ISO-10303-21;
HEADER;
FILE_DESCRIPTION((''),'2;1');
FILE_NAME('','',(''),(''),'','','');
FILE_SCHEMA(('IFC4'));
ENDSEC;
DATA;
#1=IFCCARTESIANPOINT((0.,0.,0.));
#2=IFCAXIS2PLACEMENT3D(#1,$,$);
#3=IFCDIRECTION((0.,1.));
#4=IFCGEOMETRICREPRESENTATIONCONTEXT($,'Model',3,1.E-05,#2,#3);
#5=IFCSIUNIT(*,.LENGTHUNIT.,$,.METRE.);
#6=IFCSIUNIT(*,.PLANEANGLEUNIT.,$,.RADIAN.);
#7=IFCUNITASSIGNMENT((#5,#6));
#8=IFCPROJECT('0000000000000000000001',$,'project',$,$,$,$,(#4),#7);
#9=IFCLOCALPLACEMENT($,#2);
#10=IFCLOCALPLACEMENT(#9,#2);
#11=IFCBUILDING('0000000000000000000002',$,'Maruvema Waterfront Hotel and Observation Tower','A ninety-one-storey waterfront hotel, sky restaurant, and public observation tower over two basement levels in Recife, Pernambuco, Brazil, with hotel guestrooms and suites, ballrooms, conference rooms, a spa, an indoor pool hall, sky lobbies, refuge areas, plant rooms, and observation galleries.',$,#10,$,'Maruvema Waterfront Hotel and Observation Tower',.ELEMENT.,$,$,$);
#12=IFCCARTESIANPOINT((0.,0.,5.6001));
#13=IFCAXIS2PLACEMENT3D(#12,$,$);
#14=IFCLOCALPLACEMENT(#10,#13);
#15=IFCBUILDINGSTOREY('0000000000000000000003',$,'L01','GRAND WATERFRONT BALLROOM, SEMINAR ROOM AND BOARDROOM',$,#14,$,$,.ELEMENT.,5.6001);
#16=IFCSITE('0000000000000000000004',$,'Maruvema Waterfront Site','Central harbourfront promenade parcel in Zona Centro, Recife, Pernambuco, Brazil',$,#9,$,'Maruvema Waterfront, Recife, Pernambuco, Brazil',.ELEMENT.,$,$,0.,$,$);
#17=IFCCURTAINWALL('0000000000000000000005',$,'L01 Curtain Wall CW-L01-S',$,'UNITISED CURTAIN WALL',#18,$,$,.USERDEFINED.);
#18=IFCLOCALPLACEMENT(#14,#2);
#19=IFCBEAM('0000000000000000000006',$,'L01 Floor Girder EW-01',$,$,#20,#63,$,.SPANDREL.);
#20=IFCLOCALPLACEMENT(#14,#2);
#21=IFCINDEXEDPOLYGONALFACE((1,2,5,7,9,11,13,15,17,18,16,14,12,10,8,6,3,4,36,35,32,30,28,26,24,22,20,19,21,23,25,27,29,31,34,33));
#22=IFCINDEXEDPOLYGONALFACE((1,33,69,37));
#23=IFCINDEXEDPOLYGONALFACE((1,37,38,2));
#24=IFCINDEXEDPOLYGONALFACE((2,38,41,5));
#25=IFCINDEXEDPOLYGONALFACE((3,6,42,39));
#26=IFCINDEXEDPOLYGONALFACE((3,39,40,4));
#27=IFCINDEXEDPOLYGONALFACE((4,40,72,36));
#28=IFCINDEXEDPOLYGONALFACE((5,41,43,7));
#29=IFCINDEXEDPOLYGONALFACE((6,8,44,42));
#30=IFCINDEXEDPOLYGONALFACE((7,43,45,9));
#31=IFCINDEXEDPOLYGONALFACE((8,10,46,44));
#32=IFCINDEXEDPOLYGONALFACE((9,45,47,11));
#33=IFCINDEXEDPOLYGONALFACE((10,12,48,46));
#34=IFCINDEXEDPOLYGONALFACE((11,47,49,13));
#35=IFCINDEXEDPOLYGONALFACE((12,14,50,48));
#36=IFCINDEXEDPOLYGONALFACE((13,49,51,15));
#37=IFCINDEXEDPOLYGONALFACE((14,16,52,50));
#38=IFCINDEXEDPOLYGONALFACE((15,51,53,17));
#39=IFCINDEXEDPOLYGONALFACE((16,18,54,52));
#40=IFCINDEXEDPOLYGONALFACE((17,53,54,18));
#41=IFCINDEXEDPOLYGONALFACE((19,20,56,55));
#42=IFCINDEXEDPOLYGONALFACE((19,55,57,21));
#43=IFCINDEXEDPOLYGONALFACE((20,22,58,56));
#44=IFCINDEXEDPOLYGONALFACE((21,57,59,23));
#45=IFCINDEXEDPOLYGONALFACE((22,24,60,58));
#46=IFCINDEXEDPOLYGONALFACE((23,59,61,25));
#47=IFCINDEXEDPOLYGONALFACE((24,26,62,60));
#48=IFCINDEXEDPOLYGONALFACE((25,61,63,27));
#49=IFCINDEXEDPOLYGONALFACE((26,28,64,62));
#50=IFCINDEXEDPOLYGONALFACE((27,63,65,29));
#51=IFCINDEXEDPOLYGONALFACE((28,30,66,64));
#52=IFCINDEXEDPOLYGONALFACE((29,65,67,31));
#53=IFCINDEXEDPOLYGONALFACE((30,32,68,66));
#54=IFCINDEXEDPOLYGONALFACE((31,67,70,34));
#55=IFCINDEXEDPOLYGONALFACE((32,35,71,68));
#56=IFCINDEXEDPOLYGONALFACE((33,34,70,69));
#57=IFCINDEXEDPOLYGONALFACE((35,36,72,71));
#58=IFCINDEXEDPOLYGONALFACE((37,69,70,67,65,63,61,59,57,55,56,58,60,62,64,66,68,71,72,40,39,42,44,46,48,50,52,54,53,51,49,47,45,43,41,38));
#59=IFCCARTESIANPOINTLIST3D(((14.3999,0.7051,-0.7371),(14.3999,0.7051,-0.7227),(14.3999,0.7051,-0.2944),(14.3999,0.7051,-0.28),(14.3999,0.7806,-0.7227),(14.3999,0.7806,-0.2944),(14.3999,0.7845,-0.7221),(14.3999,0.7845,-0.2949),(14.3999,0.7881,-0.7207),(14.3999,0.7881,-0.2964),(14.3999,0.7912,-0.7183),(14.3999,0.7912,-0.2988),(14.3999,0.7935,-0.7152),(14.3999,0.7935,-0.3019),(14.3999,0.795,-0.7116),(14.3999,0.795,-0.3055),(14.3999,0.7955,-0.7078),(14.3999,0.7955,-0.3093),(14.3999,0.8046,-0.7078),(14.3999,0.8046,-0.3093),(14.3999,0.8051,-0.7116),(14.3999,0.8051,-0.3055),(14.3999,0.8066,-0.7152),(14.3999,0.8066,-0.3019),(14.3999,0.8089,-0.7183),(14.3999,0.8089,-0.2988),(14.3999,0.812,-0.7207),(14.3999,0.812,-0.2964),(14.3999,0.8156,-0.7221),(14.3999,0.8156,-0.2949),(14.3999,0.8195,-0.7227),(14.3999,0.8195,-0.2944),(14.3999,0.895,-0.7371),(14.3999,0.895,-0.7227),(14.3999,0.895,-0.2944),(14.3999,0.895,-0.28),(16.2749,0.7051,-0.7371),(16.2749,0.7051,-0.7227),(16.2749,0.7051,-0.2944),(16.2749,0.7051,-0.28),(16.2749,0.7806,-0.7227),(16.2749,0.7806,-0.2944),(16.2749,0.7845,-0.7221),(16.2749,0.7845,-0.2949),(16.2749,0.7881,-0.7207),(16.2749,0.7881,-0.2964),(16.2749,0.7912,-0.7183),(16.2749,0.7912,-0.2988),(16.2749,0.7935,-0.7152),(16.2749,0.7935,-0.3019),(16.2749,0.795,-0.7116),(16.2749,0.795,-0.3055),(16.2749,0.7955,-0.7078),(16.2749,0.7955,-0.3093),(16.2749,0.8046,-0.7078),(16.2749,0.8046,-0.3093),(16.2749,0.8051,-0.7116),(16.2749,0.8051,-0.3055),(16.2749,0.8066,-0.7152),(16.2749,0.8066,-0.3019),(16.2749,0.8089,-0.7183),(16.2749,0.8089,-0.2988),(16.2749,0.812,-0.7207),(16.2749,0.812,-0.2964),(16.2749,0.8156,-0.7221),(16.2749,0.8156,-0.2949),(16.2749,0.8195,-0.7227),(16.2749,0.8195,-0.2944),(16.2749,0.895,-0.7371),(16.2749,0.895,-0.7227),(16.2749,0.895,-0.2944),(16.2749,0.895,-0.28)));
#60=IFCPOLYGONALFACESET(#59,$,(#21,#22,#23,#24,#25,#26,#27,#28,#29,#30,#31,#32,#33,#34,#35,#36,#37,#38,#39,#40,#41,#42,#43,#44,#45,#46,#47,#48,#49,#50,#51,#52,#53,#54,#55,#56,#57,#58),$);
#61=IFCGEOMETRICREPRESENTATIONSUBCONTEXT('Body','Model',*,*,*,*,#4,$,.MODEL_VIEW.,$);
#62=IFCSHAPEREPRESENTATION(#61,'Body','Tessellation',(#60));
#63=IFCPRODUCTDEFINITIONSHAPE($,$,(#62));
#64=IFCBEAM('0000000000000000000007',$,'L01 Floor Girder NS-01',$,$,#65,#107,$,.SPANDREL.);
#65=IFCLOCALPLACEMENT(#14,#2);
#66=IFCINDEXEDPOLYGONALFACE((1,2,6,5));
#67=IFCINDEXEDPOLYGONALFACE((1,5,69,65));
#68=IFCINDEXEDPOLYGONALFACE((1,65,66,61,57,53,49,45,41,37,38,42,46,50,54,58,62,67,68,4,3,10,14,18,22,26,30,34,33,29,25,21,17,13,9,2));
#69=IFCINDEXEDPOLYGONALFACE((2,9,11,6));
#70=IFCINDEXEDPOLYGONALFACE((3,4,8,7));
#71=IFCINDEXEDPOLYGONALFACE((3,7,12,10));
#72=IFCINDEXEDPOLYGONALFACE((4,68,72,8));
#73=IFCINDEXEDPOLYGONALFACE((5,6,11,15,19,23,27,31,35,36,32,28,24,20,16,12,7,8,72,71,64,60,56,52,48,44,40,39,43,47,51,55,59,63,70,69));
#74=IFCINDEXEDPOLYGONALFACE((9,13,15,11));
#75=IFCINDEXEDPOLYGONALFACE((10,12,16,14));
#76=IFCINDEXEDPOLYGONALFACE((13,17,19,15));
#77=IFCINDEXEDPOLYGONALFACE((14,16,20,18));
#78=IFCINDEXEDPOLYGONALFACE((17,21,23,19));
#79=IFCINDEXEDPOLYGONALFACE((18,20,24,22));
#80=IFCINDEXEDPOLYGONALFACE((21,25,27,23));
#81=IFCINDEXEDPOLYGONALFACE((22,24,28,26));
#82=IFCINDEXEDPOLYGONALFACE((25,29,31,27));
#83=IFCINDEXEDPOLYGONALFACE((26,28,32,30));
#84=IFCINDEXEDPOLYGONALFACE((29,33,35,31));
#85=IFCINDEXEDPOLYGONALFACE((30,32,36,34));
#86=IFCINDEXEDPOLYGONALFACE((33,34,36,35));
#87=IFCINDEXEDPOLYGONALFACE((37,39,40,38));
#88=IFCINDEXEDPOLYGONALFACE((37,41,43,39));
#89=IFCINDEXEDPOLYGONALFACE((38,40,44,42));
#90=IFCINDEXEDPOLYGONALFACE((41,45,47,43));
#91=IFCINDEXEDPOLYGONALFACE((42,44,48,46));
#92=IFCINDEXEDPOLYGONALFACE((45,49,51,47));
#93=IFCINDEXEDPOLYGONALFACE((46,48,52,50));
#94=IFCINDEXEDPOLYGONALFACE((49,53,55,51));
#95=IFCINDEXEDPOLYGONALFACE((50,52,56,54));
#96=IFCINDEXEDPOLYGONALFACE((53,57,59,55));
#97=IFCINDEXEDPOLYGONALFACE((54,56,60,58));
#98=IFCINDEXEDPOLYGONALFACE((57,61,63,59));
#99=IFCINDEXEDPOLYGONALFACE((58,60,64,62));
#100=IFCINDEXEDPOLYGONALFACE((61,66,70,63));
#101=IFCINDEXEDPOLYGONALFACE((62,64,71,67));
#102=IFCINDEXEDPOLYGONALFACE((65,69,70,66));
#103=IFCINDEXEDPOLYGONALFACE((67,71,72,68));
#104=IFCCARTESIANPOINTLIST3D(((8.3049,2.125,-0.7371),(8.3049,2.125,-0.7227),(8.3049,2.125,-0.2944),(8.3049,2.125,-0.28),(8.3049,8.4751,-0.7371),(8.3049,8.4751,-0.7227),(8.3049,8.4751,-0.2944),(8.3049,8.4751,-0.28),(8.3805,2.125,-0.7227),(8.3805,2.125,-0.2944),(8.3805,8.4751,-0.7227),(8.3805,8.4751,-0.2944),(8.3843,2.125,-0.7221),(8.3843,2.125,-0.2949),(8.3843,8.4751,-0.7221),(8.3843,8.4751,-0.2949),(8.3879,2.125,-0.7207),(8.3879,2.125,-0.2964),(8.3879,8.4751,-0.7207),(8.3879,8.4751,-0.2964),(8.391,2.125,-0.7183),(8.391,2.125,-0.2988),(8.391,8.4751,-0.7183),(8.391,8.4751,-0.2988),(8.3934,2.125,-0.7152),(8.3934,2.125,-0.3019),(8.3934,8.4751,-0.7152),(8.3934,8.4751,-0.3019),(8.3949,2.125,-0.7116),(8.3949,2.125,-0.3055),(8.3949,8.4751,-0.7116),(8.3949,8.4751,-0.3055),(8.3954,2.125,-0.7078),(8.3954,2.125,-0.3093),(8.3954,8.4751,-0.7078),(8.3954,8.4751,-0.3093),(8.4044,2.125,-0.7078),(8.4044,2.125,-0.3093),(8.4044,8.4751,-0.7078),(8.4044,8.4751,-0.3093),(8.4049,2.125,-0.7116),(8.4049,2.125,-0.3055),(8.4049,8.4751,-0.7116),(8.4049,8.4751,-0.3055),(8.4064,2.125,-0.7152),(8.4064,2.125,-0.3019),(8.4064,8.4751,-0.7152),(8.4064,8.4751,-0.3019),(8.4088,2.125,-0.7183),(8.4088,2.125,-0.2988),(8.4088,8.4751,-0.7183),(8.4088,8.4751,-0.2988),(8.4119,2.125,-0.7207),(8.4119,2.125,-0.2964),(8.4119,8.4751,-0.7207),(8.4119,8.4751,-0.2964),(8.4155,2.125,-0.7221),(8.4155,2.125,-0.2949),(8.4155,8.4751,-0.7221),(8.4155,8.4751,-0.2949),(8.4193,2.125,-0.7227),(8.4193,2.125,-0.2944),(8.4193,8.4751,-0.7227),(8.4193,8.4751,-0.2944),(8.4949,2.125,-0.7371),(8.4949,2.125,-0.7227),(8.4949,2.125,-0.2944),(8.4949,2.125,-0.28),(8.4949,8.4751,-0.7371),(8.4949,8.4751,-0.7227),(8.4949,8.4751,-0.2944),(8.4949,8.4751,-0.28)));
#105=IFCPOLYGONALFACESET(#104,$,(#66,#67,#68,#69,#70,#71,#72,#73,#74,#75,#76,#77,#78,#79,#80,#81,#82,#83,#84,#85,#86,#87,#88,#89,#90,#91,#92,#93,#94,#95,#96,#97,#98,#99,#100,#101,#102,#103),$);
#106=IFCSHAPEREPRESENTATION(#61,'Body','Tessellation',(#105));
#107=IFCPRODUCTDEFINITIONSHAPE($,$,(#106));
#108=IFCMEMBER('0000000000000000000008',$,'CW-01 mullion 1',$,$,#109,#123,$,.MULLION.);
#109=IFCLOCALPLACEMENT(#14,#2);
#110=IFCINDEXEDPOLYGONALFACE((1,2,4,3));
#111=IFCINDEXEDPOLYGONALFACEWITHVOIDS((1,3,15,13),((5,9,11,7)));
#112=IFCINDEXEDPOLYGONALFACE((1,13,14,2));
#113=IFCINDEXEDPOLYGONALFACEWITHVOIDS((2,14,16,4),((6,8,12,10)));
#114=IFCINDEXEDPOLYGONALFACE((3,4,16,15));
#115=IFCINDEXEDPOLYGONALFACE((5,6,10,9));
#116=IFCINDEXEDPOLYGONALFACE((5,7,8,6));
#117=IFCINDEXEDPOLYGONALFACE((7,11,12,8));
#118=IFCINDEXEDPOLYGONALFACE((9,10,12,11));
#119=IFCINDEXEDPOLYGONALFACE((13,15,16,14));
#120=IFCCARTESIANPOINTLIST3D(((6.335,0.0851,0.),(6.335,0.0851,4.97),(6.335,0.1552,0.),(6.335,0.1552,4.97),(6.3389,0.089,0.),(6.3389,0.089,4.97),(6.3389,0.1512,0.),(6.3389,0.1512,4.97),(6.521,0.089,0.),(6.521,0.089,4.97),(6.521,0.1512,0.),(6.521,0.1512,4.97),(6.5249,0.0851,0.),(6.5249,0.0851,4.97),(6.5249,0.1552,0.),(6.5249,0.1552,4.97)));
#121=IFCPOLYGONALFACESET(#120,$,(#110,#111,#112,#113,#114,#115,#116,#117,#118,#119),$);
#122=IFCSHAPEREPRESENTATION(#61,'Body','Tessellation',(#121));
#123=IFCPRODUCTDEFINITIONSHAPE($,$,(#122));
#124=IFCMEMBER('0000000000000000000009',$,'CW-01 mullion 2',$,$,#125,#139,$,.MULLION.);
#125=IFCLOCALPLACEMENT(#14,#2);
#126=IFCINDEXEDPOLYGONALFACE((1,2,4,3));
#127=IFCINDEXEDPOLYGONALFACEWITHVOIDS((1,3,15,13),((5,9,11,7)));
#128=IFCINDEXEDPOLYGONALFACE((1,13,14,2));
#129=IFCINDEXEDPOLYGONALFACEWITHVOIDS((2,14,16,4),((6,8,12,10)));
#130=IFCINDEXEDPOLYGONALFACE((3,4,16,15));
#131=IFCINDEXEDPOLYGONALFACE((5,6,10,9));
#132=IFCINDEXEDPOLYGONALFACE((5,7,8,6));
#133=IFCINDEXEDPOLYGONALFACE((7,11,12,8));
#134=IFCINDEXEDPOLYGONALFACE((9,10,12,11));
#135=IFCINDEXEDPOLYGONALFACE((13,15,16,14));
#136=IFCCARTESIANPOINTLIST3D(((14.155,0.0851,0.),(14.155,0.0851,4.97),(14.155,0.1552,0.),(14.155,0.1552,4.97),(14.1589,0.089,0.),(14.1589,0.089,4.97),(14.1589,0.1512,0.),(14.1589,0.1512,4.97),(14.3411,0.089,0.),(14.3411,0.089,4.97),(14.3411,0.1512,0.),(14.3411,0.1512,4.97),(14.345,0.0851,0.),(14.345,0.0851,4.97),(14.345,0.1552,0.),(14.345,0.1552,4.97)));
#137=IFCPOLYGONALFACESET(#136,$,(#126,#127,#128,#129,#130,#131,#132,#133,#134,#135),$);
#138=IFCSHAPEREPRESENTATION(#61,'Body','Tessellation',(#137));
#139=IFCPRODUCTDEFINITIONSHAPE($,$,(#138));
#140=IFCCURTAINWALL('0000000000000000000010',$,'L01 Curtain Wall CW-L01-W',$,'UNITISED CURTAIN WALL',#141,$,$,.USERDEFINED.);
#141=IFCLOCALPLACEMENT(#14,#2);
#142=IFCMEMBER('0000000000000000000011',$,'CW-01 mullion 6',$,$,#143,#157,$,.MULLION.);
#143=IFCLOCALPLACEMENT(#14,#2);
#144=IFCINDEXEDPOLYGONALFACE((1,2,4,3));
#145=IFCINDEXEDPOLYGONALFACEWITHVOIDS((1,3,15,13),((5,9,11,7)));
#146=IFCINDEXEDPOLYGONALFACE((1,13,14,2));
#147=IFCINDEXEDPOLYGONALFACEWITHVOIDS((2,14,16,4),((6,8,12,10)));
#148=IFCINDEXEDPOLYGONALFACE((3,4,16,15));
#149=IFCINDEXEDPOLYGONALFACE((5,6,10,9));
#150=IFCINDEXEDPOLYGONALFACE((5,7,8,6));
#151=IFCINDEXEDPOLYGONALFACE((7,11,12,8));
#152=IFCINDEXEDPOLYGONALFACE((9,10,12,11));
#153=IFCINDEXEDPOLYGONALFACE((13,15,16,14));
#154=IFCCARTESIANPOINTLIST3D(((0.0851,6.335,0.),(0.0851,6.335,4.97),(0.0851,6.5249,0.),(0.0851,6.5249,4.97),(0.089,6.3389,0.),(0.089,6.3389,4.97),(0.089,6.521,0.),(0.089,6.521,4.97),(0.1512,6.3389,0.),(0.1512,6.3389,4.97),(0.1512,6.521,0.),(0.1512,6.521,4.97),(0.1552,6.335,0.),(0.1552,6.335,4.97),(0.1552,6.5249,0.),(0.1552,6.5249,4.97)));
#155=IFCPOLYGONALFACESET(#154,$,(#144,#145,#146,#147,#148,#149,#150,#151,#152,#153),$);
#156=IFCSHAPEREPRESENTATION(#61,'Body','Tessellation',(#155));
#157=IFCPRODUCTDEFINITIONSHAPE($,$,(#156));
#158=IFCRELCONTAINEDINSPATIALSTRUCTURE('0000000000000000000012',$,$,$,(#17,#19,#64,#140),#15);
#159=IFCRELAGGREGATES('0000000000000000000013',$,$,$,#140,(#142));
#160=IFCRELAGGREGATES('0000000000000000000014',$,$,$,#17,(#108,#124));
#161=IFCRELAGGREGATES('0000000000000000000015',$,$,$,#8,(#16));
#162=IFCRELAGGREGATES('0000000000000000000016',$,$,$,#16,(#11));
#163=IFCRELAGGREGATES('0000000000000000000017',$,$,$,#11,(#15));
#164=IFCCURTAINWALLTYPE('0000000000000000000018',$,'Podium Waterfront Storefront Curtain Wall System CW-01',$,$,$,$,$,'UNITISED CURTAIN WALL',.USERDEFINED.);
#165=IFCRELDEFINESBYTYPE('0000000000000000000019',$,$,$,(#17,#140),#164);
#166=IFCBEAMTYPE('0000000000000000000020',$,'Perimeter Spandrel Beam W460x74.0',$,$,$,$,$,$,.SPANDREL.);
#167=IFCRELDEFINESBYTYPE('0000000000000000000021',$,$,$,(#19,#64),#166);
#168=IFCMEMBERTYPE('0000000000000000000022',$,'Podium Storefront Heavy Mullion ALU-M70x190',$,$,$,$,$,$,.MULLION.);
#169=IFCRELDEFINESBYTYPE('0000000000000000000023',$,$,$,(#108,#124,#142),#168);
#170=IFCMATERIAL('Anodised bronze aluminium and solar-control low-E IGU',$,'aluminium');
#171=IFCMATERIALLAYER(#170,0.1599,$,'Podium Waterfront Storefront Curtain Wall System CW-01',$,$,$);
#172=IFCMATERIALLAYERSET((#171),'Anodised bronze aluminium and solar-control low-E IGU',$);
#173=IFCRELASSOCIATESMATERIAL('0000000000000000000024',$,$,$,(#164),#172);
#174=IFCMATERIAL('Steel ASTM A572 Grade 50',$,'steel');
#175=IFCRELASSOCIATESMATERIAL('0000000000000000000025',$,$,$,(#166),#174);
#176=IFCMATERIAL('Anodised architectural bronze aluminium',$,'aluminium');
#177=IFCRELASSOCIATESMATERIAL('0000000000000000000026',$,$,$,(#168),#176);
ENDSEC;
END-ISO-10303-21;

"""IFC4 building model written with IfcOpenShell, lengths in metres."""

from ifc_helpers import new_model, si_unit, direction, frame, origin, origin_2d, place, context, subcontext, project, spatial, hollow_rectangle, i_section, extrude, material, layer, layer_set, material_profile, profile_set, type_object, element, aggregate, save


model = new_model("IFC4")

# Units and contexts
model_context = context("Model", 3, precision=1e-05, world=origin(), true_north=direction((0.0, 1.0)))
body_context = subcontext(model_context, "Body", "Model", "MODEL_VIEW")
ifc_project = project(units=[si_unit("LENGTHUNIT", "METRE"), si_unit("PLANEANGLEUNIT", "RADIAN")], contexts=[model_context])

# Site, building, storey
site_placement = place(None, origin())
site = spatial("IfcSite", under=ifc_project, at=site_placement, Name="Maruvema Waterfront Site", Description="Central harbourfront promenade parcel in Zona Centro, Recife, Pernambuco, Brazil", LongName="Maruvema Waterfront, Recife, Pernambuco, Brazil", CompositionType="ELEMENT", RefElevation=0.0)
building_placement = place(site_placement, origin())
building = spatial("IfcBuilding", under=site, at=building_placement, Name="Maruvema Waterfront Hotel and Observation Tower", Description="A ninety-one-storey waterfront hotel, sky restaurant, and public observation tower over two basement levels in Recife, Pernambuco, Brazil, with hotel guestrooms and suites, ballrooms, conference rooms, a spa, an indoor pool hall, sky lobbies, refuge areas, plant rooms, and observation galleries.", LongName="Maruvema Waterfront Hotel and Observation Tower", CompositionType="ELEMENT")
storey_placement = place(building_placement, frame((0.0, 0.0, 5.6001)))
storey = spatial("IfcBuildingStorey", under=building, at=storey_placement, Name="L01", Description="GRAND WATERFRONT BALLROOM, SEMINAR ROOM AND BOARDROOM", CompositionType="ELEMENT", Elevation=5.6001)

# Curtain wall
ifc_material_1 = material(Name="Anodised bronze aluminium and solar-control low-E IGU", Category="aluminium")
ifc_layer_1 = layer(ifc_material_1, 0.1599, Name="Podium Waterfront Storefront Curtain Wall System CW-01")
ifc_layer_set_1 = layer_set([ifc_layer_1], Name="Anodised bronze aluminium and solar-control low-E IGU")
curtain_wall_type = type_object("IfcCurtainWallType", Name="Podium Waterfront Storefront Curtain Wall System CW-01", ElementType="UNITISED CURTAIN WALL", PredefinedType="USERDEFINED", material=ifc_layer_set_1)
curtain_wall_1_placement = place(storey_placement, origin())
curtain_wall_1 = element("IfcCurtainWall", 1, at=curtain_wall_1_placement, inside=storey, type_object=curtain_wall_type, Name="L01 Curtain Wall CW-L01-S", ObjectType="UNITISED CURTAIN WALL", PredefinedType="USERDEFINED")

# Beams
ifc_material_2 = material(Name="Steel ASTM A572 Grade 50", Category="steel")
ifc_material_profile_1 = material_profile(ifc_material_2, i_section(OverallWidth=0.1899, OverallDepth=0.457, WebThickness=0.009, FlangeThickness=0.0144, FilletRadius=0.0149, at=origin_2d()), Name="W460x74.0")
ifc_profile_set_1 = profile_set([ifc_material_profile_1], Name="Steel ASTM A572 Grade 50")
beam_type_1 = type_object("IfcBeamType", Name="Perimeter Spandrel Beam W460x74.0", PredefinedType="SPANDREL", material=ifc_profile_set_1)
beam_1_placement = place(storey_placement, frame((14.3999, 0.8, -0.5085), z_axis=(1.0, 0.0, 0.0), x_axis=(0.0, 1.0, 0.0)))
element("IfcBeam", 2, at=beam_1_placement, inside=storey, type_object=beam_type_1, Name="L01 Floor Girder EW-01", PredefinedType="SPANDREL", context=body_context, shape_type="SweptSolid", body=[
    extrude(i_section(OverallWidth=0.1899, OverallDepth=0.457, WebThickness=0.009, FlangeThickness=0.0144, FilletRadius=0.0149, at=origin_2d()), origin(), (0.0, 0.0, 1.0), 1.875),
])
beam_2_placement = place(storey_placement, frame((8.3999, 2.125, -0.5085), z_axis=(0.0, 1.0, 0.0), x_axis=(-1.0, 0.0, 0.0)))
element("IfcBeam", 3, at=beam_2_placement, inside=storey, type_object=beam_type_1, Name="L01 Floor Girder NS-01", PredefinedType="SPANDREL", context=body_context, shape_type="SweptSolid", body=[
    extrude(i_section(OverallWidth=0.1899, OverallDepth=0.457, WebThickness=0.009, FlangeThickness=0.0144, FilletRadius=0.0149, at=origin_2d()), origin(), (0.0, 0.0, 1.0), 6.3501),
])

# Members
ifc_material_3 = material(Name="Anodised architectural bronze aluminium", Category="aluminium")
ifc_material_profile_2 = material_profile(ifc_material_3, hollow_rectangle(XDim=0.0701, YDim=0.1899, WallThickness=0.0039, at=origin_2d()), Name="ALU-M70x190")
ifc_profile_set_2 = profile_set([ifc_material_profile_2], Name="Anodised architectural bronze aluminium")
member_type_1 = type_object("IfcMemberType", Name="Podium Storefront Heavy Mullion ALU-M70x190", PredefinedType="MULLION", material=ifc_profile_set_2)
member_1_placement = place(storey_placement, frame((6.4299, 0.1201, 0.0), z_axis=(0.0, 0.0, 1.0), x_axis=(0.0, 1.0, 0.0)))
member_1 = element("IfcMember", 4, at=member_1_placement, type_object=member_type_1, Name="CW-01 mullion 1", PredefinedType="MULLION", context=body_context, shape_type="SweptSolid", body=[
    extrude(hollow_rectangle(XDim=0.0701, YDim=0.1899, WallThickness=0.0039, at=origin_2d()), origin(), (0.0, 0.0, 1.0), 4.97),
])
member_2_placement = place(storey_placement, frame((14.25, 0.1201, 0.0), z_axis=(0.0, 0.0, 1.0), x_axis=(0.0, 1.0, 0.0)))
member_2 = element("IfcMember", 5, at=member_2_placement, type_object=member_type_1, Name="CW-01 mullion 2", PredefinedType="MULLION", context=body_context, shape_type="SweptSolid", body=[
    extrude(hollow_rectangle(XDim=0.0701, YDim=0.1899, WallThickness=0.0039, at=origin_2d()), origin(), (0.0, 0.0, 1.0), 4.97),
])

# Curtain wall, member
curtain_wall_2_placement = place(storey_placement, origin())
curtain_wall_2 = element("IfcCurtainWall", 6, at=curtain_wall_2_placement, inside=storey, type_object=curtain_wall_type, Name="L01 Curtain Wall CW-L01-W", ObjectType="UNITISED CURTAIN WALL", PredefinedType="USERDEFINED")
member_3_placement = place(storey_placement, frame((0.1201, 6.4299, 0.0), z_axis=(0.0, 0.0, 1.0), x_axis=(1.0, 0.0, 0.0)))
member_3 = element("IfcMember", 7, at=member_3_placement, type_object=member_type_1, Name="CW-01 mullion 6", PredefinedType="MULLION", context=body_context, shape_type="SweptSolid", body=[
    extrude(hollow_rectangle(XDim=0.0701, YDim=0.1899, WallThickness=0.0039, at=origin_2d()), origin(), (0.0, 0.0, 1.0), 4.97),
])
aggregate(curtain_wall_2, [member_3])

aggregate(curtain_wall_1, [member_1, member_2])

save(model, "model.ifc")
